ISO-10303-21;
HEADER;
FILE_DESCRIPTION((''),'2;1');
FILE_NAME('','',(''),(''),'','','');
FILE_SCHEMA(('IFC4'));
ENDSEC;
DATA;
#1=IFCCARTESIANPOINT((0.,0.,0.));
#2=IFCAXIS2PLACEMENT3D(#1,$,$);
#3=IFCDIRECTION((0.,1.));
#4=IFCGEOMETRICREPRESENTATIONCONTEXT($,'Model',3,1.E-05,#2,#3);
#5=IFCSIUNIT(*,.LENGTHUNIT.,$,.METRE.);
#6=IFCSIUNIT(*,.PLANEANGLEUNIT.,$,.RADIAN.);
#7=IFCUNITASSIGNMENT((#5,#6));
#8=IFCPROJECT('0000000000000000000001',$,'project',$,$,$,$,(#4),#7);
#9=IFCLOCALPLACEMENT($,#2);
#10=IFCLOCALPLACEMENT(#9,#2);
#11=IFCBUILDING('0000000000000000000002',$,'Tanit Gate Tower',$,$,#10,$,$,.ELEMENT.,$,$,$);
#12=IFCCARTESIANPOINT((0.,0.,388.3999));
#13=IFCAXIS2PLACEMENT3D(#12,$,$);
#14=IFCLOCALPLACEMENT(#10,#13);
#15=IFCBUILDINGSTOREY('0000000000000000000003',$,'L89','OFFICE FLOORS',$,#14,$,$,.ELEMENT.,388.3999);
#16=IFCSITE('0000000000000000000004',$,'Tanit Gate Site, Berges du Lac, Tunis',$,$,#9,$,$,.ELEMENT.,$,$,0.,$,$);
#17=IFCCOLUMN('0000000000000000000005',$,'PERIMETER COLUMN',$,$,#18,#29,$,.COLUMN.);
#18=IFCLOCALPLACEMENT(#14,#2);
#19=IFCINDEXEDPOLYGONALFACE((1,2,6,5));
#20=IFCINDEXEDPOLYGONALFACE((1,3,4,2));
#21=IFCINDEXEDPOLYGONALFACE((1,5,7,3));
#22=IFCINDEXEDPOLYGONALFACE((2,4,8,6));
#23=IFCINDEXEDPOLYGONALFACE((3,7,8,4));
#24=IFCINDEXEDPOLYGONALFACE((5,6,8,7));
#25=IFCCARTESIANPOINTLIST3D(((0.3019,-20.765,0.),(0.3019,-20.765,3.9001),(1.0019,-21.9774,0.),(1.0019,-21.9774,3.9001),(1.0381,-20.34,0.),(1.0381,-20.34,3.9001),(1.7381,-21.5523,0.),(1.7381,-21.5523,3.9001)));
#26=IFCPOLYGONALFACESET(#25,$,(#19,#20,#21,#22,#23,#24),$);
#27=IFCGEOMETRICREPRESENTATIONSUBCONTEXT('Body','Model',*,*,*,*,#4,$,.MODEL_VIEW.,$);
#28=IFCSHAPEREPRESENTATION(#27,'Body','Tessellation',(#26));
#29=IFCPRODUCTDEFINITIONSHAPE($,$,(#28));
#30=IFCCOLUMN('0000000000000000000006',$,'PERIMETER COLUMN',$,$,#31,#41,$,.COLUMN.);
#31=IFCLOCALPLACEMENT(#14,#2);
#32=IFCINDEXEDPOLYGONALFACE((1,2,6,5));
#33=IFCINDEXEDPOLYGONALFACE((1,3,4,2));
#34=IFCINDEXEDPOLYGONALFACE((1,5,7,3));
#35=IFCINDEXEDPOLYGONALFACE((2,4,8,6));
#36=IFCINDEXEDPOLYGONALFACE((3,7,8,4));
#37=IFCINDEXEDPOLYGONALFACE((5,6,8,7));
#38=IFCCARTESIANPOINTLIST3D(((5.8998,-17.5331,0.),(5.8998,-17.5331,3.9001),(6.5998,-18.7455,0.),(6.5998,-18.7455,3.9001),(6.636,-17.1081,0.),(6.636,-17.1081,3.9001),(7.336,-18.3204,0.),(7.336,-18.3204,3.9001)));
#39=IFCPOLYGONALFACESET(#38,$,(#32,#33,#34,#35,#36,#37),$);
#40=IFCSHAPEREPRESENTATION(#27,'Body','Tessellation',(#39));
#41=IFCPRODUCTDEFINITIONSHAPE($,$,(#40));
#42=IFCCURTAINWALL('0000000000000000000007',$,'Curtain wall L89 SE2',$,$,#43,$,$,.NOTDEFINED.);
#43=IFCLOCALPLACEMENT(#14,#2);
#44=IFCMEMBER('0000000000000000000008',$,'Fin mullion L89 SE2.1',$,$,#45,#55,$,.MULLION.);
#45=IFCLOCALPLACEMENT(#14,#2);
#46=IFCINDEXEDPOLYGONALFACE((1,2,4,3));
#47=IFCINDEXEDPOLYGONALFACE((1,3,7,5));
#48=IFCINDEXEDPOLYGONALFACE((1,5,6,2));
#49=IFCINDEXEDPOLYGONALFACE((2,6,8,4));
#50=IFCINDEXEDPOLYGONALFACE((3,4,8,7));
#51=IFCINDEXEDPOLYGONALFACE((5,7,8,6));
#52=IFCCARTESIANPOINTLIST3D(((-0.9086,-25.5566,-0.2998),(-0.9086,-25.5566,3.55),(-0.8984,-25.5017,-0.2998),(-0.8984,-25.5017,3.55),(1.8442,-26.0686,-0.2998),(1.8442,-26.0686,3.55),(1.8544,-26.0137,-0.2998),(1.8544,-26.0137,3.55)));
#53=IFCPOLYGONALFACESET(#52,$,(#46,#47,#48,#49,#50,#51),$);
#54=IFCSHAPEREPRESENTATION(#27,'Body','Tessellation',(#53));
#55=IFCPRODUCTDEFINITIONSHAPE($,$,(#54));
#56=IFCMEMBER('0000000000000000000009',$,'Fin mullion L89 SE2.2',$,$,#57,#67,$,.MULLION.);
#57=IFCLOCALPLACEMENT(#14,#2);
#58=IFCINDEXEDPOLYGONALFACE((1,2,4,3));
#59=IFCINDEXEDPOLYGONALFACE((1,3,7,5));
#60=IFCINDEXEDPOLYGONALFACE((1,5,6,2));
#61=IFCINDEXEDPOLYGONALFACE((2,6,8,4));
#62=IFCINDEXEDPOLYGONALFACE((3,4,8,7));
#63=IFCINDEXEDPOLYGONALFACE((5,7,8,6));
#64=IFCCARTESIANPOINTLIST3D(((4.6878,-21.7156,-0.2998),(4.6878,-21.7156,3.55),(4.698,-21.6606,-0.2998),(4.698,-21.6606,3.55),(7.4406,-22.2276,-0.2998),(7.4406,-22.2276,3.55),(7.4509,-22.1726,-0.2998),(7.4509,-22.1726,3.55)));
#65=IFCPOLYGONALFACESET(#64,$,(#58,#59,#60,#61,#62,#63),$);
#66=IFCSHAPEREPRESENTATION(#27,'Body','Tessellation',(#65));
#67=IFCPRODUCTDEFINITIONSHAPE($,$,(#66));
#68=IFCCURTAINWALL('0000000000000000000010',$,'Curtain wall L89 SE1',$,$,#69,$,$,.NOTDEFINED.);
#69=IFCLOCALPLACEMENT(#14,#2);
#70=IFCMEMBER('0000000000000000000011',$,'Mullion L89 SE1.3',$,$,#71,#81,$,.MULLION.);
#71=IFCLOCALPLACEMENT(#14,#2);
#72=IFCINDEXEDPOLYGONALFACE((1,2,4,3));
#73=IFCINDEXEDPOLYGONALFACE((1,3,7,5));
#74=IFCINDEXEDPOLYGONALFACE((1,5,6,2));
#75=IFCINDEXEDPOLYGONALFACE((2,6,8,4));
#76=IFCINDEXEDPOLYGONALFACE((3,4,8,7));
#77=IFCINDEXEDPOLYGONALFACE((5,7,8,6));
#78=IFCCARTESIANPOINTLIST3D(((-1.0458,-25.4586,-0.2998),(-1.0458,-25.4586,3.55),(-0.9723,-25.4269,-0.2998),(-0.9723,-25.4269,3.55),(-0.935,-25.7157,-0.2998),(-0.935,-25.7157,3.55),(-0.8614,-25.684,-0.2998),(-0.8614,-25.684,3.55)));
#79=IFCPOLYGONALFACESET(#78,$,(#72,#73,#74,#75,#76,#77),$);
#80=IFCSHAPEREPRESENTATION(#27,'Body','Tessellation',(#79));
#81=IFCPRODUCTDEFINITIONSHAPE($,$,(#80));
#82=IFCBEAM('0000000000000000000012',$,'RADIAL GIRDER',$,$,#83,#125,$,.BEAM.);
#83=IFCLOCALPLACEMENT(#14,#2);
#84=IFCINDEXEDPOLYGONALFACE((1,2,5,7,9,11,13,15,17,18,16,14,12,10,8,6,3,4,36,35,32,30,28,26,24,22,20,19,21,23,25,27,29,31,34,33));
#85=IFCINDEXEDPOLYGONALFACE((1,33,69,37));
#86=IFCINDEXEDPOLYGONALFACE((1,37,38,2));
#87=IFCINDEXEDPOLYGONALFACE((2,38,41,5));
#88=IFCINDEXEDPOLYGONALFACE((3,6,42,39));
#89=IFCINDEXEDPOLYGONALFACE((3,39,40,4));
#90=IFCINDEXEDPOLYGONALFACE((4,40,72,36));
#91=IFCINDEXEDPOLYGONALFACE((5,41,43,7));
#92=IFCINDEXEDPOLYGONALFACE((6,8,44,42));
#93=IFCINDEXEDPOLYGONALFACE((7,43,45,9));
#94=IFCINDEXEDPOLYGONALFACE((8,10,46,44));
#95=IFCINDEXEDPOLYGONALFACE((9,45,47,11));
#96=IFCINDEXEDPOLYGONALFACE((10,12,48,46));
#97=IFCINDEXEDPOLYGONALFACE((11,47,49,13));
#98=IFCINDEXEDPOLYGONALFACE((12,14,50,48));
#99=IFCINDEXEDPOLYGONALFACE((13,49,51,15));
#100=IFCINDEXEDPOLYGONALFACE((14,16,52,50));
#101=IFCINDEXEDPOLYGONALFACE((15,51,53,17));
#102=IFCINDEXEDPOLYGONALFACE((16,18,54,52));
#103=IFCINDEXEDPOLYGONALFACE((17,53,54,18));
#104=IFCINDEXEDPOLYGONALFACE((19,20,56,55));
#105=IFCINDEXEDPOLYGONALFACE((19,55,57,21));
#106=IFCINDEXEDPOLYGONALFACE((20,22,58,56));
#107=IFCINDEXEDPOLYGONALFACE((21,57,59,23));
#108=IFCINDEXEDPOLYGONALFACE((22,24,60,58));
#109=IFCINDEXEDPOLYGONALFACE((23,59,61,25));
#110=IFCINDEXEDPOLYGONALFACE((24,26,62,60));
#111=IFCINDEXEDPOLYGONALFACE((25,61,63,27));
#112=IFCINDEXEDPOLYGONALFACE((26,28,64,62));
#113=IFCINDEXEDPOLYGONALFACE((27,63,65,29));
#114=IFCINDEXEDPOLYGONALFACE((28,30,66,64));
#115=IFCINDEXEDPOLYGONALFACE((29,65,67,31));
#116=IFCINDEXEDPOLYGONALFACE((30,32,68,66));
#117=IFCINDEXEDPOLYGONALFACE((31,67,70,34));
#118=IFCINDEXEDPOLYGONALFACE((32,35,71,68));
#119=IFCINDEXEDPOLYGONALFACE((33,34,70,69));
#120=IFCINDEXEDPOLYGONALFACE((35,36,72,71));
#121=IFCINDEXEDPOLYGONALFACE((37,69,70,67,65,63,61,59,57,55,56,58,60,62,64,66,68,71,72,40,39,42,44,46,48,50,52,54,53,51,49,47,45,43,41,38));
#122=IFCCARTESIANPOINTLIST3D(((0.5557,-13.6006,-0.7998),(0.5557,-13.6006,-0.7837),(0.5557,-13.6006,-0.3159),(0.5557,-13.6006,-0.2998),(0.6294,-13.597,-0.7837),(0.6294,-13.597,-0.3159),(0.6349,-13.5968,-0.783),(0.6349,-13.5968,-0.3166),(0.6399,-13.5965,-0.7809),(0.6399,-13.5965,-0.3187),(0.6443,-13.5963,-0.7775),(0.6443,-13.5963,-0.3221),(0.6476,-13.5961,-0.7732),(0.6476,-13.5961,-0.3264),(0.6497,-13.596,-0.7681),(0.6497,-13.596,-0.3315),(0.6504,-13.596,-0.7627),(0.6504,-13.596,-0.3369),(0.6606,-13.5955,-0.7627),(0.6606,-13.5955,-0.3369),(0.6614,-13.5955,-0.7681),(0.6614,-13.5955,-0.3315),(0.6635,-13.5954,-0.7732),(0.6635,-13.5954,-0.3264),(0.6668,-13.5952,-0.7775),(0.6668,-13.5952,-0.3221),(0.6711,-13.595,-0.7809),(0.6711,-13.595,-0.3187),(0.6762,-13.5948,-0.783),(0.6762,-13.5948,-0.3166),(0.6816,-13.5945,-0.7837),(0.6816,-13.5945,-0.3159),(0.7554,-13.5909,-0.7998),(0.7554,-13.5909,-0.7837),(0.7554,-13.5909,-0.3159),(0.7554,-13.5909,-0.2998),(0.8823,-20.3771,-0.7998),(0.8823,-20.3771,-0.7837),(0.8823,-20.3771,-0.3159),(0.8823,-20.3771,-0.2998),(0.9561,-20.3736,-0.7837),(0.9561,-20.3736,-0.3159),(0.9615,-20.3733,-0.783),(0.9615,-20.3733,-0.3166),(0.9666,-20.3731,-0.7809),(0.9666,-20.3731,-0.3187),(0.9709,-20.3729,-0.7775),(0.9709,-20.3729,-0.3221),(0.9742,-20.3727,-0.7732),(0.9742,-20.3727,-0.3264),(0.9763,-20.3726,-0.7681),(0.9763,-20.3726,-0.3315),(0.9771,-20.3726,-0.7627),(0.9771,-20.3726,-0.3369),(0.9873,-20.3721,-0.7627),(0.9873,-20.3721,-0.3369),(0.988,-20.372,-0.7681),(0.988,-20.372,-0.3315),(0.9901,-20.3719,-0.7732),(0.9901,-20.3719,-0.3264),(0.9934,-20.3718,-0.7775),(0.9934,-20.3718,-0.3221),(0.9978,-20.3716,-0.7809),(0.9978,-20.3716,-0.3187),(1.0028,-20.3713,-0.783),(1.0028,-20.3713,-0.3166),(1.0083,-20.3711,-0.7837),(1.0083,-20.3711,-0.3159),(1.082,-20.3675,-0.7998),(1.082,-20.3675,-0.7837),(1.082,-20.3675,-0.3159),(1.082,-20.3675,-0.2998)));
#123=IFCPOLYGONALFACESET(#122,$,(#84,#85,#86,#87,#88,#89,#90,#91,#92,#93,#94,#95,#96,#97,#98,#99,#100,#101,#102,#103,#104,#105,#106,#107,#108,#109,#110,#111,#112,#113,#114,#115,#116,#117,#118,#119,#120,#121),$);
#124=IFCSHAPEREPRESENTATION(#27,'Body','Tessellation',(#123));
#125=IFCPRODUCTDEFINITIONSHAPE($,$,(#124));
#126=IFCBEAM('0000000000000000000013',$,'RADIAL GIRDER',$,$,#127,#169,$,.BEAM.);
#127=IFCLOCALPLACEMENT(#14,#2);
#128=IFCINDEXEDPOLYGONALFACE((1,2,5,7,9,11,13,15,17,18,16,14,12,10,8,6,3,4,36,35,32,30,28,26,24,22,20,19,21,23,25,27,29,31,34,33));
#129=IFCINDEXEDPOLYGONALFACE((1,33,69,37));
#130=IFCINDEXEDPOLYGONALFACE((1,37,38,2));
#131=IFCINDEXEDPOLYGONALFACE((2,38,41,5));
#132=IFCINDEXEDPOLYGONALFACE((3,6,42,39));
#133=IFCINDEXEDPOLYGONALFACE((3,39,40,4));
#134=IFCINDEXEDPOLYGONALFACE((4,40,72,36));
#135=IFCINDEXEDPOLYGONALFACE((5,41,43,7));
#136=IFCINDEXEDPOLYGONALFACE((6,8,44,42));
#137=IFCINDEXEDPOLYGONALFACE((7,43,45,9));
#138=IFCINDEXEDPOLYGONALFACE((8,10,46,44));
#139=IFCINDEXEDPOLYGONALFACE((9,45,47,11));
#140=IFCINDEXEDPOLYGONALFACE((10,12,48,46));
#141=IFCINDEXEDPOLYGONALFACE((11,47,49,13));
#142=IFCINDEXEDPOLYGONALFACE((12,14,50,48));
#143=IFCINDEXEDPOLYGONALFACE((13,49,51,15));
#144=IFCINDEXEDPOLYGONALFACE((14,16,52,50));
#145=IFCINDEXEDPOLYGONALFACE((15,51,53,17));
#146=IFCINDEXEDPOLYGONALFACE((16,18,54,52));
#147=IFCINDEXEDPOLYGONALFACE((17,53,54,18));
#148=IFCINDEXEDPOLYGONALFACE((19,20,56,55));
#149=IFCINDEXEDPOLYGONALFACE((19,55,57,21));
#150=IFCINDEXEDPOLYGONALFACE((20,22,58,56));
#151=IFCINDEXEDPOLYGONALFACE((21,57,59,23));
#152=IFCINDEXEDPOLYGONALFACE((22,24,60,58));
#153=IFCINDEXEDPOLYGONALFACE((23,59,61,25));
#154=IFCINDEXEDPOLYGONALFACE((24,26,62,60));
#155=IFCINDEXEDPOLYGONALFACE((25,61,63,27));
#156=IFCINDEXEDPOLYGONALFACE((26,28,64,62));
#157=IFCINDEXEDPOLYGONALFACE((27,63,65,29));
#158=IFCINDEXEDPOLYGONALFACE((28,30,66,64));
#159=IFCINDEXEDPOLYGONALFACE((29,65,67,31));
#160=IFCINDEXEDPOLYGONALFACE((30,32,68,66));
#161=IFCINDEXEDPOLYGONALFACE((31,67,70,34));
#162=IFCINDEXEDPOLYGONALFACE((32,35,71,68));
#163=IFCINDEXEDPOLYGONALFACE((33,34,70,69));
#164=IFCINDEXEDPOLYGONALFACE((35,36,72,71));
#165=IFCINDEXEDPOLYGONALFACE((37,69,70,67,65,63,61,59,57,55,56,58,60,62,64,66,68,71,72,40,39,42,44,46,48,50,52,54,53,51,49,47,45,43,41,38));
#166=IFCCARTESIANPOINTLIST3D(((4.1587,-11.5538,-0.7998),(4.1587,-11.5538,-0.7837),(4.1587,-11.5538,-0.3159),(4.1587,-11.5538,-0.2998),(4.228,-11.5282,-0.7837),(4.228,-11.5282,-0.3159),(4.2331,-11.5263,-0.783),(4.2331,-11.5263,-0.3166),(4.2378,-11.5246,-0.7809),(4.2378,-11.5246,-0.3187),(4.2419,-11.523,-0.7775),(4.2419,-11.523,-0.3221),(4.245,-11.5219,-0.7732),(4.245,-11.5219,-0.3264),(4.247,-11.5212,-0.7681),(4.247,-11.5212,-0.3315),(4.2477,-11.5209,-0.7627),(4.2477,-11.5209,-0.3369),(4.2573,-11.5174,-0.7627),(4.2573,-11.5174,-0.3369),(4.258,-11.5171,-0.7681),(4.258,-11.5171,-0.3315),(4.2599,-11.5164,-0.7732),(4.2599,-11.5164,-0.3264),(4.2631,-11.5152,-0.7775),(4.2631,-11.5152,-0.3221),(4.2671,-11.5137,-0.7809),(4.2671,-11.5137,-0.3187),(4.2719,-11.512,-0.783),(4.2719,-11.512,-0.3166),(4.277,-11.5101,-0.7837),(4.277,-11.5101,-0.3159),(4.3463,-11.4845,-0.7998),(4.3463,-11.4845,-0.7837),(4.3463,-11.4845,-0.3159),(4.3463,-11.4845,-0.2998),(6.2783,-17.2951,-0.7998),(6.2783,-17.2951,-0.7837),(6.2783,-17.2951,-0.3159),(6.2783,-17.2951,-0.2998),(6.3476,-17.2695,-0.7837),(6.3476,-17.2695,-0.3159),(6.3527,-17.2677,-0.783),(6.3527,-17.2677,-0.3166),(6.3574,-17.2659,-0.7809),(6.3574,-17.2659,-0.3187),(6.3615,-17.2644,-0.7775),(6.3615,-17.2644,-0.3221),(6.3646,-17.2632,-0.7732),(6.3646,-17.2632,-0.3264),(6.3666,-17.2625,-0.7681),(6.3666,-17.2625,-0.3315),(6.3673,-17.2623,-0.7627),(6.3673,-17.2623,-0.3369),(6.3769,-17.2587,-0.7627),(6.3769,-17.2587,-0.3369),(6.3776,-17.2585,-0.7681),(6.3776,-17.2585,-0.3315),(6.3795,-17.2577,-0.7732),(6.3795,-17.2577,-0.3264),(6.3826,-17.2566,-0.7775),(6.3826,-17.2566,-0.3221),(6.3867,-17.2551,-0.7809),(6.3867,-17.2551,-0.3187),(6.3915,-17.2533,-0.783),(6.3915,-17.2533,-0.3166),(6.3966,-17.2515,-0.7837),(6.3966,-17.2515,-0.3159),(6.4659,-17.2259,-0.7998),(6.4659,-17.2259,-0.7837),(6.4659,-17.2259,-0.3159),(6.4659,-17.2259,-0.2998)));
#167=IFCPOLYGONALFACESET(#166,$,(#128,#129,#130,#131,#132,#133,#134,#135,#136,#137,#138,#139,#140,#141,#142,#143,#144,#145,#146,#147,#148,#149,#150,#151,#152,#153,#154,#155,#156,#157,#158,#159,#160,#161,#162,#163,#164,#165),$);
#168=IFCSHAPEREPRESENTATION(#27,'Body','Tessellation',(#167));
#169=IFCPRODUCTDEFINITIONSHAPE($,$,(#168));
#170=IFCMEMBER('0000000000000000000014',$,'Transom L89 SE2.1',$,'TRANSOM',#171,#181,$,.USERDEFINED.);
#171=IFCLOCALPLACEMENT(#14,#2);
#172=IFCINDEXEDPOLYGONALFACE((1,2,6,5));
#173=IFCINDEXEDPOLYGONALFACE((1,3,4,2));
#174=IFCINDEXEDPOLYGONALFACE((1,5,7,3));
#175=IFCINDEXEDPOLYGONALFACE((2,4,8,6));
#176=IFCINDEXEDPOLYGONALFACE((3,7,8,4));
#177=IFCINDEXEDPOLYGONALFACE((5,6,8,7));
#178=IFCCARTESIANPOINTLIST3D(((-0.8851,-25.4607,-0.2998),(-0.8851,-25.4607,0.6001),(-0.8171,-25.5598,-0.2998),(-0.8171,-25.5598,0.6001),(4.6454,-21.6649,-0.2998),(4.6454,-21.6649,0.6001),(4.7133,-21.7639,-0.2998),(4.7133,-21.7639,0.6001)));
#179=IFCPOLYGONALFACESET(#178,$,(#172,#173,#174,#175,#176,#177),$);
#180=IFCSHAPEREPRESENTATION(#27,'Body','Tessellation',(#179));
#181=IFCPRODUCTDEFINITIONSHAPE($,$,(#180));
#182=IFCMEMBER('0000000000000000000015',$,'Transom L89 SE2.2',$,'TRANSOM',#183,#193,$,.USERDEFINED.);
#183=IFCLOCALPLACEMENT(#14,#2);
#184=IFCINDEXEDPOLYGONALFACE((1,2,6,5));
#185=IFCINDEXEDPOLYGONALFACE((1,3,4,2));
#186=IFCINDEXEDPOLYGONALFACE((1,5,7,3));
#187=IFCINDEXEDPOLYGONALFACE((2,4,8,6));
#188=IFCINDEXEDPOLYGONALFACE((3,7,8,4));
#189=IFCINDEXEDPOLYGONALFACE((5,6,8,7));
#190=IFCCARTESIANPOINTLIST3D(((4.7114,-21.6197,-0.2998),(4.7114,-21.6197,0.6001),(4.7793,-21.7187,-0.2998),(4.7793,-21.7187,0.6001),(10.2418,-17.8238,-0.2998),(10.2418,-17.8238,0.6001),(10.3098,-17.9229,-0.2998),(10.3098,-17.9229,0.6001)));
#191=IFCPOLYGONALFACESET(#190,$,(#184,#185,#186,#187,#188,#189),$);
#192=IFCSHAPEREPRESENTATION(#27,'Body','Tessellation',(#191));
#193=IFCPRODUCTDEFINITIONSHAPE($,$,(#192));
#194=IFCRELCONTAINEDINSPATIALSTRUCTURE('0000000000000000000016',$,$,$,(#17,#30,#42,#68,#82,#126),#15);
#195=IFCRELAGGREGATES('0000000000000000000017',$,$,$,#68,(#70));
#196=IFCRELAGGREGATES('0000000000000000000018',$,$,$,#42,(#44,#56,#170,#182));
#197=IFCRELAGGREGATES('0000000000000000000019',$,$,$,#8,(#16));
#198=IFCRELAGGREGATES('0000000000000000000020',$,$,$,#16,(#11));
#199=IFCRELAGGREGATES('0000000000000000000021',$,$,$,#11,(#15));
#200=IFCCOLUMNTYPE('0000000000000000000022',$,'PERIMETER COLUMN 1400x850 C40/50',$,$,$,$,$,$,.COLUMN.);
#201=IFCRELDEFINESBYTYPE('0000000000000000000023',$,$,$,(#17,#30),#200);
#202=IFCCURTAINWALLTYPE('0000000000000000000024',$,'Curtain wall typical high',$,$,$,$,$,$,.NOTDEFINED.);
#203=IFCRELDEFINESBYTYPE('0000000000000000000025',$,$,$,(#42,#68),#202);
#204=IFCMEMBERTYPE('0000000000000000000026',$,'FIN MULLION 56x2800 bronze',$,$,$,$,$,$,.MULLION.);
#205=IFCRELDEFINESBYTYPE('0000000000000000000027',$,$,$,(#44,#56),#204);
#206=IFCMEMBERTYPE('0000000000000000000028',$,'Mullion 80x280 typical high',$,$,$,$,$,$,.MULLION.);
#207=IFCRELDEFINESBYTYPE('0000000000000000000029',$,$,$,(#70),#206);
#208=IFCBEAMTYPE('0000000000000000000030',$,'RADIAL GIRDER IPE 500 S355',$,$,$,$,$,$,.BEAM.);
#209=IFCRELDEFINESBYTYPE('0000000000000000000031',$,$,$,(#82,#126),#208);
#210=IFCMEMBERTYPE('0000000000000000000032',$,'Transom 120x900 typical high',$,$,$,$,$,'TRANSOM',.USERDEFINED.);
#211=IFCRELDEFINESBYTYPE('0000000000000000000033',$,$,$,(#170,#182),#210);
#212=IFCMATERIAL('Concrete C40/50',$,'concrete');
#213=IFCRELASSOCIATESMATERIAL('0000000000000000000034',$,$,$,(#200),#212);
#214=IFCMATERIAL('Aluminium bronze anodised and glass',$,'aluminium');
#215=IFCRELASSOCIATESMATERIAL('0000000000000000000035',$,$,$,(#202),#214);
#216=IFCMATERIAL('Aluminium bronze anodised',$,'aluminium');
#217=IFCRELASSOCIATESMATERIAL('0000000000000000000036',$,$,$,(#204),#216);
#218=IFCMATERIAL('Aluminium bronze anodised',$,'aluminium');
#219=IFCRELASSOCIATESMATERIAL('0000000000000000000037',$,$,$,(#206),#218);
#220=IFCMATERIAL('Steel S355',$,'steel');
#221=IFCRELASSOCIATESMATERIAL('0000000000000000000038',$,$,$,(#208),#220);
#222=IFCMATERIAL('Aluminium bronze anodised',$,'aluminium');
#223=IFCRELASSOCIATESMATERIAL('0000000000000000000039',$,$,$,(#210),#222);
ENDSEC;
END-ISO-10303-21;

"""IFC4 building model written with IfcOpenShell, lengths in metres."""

from ifc_helpers import new_model, si_unit, direction, frame, origin, origin_2d, place, context, subcontext, project, spatial, rectangle, i_section, extrude, material, material_profile, profile_set, type_object, element, aggregate, save


model = new_model("IFC4")

# Units and contexts
model_context = context("Model", 3, precision=1e-05, world=origin(), true_north=direction((0.0, 1.0)))
body_context = subcontext(model_context, "Body", "Model", "MODEL_VIEW")
ifc_project = project(units=[si_unit("LENGTHUNIT", "METRE"), si_unit("PLANEANGLEUNIT", "RADIAN")], contexts=[model_context])

# Site, building, storey
site_placement = place(None, origin())
site = spatial("IfcSite", under=ifc_project, at=site_placement, Name="Tanit Gate Site, Berges du Lac, Tunis", CompositionType="ELEMENT", RefElevation=0.0)
building_placement = place(site_placement, origin())
building = spatial("IfcBuilding", under=site, at=building_placement, Name="Tanit Gate Tower", CompositionType="ELEMENT")
storey_placement = place(building_placement, frame((0.0, 0.0, 388.3999)))
storey = spatial("IfcBuildingStorey", under=building, at=storey_placement, Name="L89", Description="OFFICE FLOORS", CompositionType="ELEMENT", Elevation=388.3999)

# Columns
ifc_material_1 = material(Name="Concrete C40/50", Category="concrete")
ifc_material_profile_1 = material_profile(ifc_material_1, rectangle(XDim=1.3999, YDim=0.8501, at=origin_2d()), Name="RC 1400x850")
ifc_profile_set_1 = profile_set([ifc_material_profile_1], Name="Concrete C40/50")
column_type = type_object("IfcColumnType", Name="PERIMETER COLUMN 1400x850 C40/50", PredefinedType="COLUMN", material=ifc_profile_set_1)
for number, where, z_axis, x_axis, name in (
    (1, (1.02, -21.1587, 0.0), (0.0, 0.0, 1.0), (0.5, -0.866025, 0.0), "PERIMETER COLUMN"),
    (2, (6.6179, -17.9268, 0.0), (0.0, 0.0, 1.0), (0.5, -0.866025, 0.0), "PERIMETER COLUMN"),
):
    element("IfcColumn", number, at=place(storey_placement, frame(where, z_axis=z_axis, x_axis=x_axis)), inside=storey, type_object=column_type, Name=name, PredefinedType="COLUMN", context=body_context, shape_type="SweptSolid", body=[
        extrude(rectangle(XDim=1.3999, YDim=0.8501, at=origin_2d()), origin(), (0.0, 0.0, 1.0), 3.9001),
    ])

# Curtain wall, members
ifc_material_2 = material(Name="Aluminium bronze anodised and glass", Category="aluminium")
curtain_wall_type = type_object("IfcCurtainWallType", Name="Curtain wall typical high", PredefinedType="NOTDEFINED", material=ifc_material_2)
curtain_wall_1_placement = place(storey_placement, origin())
curtain_wall_1 = element("IfcCurtainWall", 3, at=curtain_wall_1_placement, inside=storey, type_object=curtain_wall_type, Name="Curtain wall L89 SE2", PredefinedType="NOTDEFINED")
ifc_material_3 = material(Name="Aluminium bronze anodised", Category="aluminium")
ifc_material_profile_2 = material_profile(ifc_material_3, rectangle(XDim=2.8, YDim=0.0559, at=origin_2d()), Name="56x2800 bronze fin mullion")
ifc_profile_set_2 = profile_set([ifc_material_profile_2], Name="Aluminium bronze anodised")
member_type_1 = type_object("IfcMemberType", Name="FIN MULLION 56x2800 bronze", PredefinedType="MULLION", material=ifc_profile_set_2)
member_1_placement = place(storey_placement, frame((0.4729, -25.7852, -0.2998), z_axis=(0.0, 0.0, 1.0), x_axis=(-0.983141, 0.182847, 0.0)))
member_1 = element("IfcMember", 4, at=member_1_placement, type_object=member_type_1, Name="Fin mullion L89 SE2.1", PredefinedType="MULLION", context=body_context, shape_type="SweptSolid", body=[
    extrude(rectangle(XDim=2.8, YDim=0.0559, at=origin_2d()), origin(), (0.0, 0.0, 1.0), 3.8499),
])
member_2_placement = place(storey_placement, frame((6.0693, -21.9441, -0.2998), z_axis=(0.0, 0.0, 1.0), x_axis=(-0.983141, 0.182847, 0.0)))
member_2 = element("IfcMember", 5, at=member_2_placement, type_object=member_type_1, Name="Fin mullion L89 SE2.2", PredefinedType="MULLION", context=body_context, shape_type="SweptSolid", body=[
    extrude(rectangle(XDim=2.8, YDim=0.0559, at=origin_2d()), origin(), (0.0, 0.0, 1.0), 3.8499),
])

# Curtain wall, member
curtain_wall_2_placement = place(storey_placement, origin())
curtain_wall_2 = element("IfcCurtainWall", 6, at=curtain_wall_2_placement, inside=storey, type_object=curtain_wall_type, Name="Curtain wall L89 SE1", PredefinedType="NOTDEFINED")
ifc_material_4 = material(Name="Aluminium bronze anodised", Category="aluminium")
ifc_material_profile_3 = material_profile(ifc_material_4, rectangle(XDim=0.28, YDim=0.0801, at=origin_2d()), Name="80x280 bronze mullion")
ifc_profile_set_3 = profile_set([ifc_material_profile_3], Name="Aluminium bronze anodised")
member_type_2 = type_object("IfcMemberType", Name="Mullion 80x280 typical high", PredefinedType="MULLION", material=ifc_profile_set_3)
member_3_placement = place(storey_placement, frame((-0.9536, -25.5713, -0.2998), z_axis=(0.0, 0.0, 1.0), x_axis=(-0.395871, 0.918306, 0.0)))
member_3 = element("IfcMember", 7, at=member_3_placement, type_object=member_type_2, Name="Mullion L89 SE1.3", PredefinedType="MULLION", context=body_context, shape_type="SweptSolid", body=[
    extrude(rectangle(XDim=0.28, YDim=0.0801, at=origin_2d()), origin(), (0.0, 0.0, 1.0), 3.8499),
])
aggregate(curtain_wall_2, [member_3])

# Beams
ifc_material_5 = material(Name="Steel S355", Category="steel")
ifc_material_profile_4 = material_profile(ifc_material_5, i_section(OverallWidth=0.2, OverallDepth=0.5, WebThickness=0.0103, FlangeThickness=0.0161, FilletRadius=0.021, at=origin_2d()), Name="IPE 500")
ifc_profile_set_4 = profile_set([ifc_material_profile_4], Name="Steel S355")
beam_type = type_object("IfcBeamType", Name="RADIAL GIRDER IPE 500 S355", PredefinedType="BEAM", material=ifc_profile_set_4)
beam_1_placement = place(storey_placement, frame((0.9822, -20.3723, -0.5498), z_axis=(-0.048148, 0.99884, 0.0), x_axis=(-0.99884, -0.048148, 0.0)))
element("IfcBeam", 8, at=beam_1_placement, inside=storey, type_object=beam_type, Name="RADIAL GIRDER", PredefinedType="BEAM", context=body_context, shape_type="SweptSolid", body=[
    extrude(i_section(OverallWidth=0.2, OverallDepth=0.5, WebThickness=0.0103, FlangeThickness=0.0161, FilletRadius=0.021, at=origin_2d()), origin(), (0.0, 0.0, 1.0), 6.7844),
])
beam_2_placement = place(storey_placement, frame((6.3721, -17.2605, -0.5498), z_axis=(-0.346332, 0.938112, 0.0), x_axis=(-0.938112, -0.346332, 0.0)))
element("IfcBeam", 9, at=beam_2_placement, inside=storey, type_object=beam_type, Name="RADIAL GIRDER", PredefinedType="BEAM", context=body_context, shape_type="SweptSolid", body=[
    extrude(i_section(OverallWidth=0.2, OverallDepth=0.5, WebThickness=0.0103, FlangeThickness=0.0161, FilletRadius=0.021, at=origin_2d()), origin(), (0.0, 0.0, 1.0), 6.1201),
])

# Members
ifc_material_6 = material(Name="Aluminium bronze anodised", Category="aluminium")
ifc_material_profile_5 = material_profile(ifc_material_6, rectangle(XDim=0.1201, YDim=0.8999, at=origin_2d()), Name="120x900 bronze transom")
ifc_profile_set_5 = profile_set([ifc_material_profile_5], Name="Aluminium bronze anodised")
member_type_3 = type_object("IfcMemberType", Name="Transom 120x900 typical high", ElementType="TRANSOM", PredefinedType="USERDEFINED", material=ifc_profile_set_5)
member_4_placement = place(storey_placement, frame((-0.8511, -25.5103, 0.1501), z_axis=(0.824482, 0.565888, 0.0), x_axis=(-0.565888, 0.824482, 0.0)))
member_4 = element("IfcMember", 10, at=member_4_placement, type_object=member_type_3, Name="Transom L89 SE2.1", ObjectType="TRANSOM", PredefinedType="USERDEFINED", context=body_context, shape_type="SweptSolid", body=[
    extrude(rectangle(XDim=0.1201, YDim=0.8999, at=origin_2d()), origin(), (0.0, 0.0, 1.0), 6.7078),
])
member_5_placement = place(storey_placement, frame((4.7454, -21.6692, 0.1501), z_axis=(0.824482, 0.565888, 0.0), x_axis=(-0.565888, 0.824482, 0.0)))
member_5 = element("IfcMember", 11, at=member_5_placement, type_object=member_type_3, Name="Transom L89 SE2.2", ObjectType="TRANSOM", PredefinedType="USERDEFINED", context=body_context, shape_type="SweptSolid", body=[
    extrude(rectangle(XDim=0.1201, YDim=0.8999, at=origin_2d()), origin(), (0.0, 0.0, 1.0), 6.7078),
])

aggregate(curtain_wall_1, [member_1, member_2, member_4, member_5])

save(model, "model.ifc")
